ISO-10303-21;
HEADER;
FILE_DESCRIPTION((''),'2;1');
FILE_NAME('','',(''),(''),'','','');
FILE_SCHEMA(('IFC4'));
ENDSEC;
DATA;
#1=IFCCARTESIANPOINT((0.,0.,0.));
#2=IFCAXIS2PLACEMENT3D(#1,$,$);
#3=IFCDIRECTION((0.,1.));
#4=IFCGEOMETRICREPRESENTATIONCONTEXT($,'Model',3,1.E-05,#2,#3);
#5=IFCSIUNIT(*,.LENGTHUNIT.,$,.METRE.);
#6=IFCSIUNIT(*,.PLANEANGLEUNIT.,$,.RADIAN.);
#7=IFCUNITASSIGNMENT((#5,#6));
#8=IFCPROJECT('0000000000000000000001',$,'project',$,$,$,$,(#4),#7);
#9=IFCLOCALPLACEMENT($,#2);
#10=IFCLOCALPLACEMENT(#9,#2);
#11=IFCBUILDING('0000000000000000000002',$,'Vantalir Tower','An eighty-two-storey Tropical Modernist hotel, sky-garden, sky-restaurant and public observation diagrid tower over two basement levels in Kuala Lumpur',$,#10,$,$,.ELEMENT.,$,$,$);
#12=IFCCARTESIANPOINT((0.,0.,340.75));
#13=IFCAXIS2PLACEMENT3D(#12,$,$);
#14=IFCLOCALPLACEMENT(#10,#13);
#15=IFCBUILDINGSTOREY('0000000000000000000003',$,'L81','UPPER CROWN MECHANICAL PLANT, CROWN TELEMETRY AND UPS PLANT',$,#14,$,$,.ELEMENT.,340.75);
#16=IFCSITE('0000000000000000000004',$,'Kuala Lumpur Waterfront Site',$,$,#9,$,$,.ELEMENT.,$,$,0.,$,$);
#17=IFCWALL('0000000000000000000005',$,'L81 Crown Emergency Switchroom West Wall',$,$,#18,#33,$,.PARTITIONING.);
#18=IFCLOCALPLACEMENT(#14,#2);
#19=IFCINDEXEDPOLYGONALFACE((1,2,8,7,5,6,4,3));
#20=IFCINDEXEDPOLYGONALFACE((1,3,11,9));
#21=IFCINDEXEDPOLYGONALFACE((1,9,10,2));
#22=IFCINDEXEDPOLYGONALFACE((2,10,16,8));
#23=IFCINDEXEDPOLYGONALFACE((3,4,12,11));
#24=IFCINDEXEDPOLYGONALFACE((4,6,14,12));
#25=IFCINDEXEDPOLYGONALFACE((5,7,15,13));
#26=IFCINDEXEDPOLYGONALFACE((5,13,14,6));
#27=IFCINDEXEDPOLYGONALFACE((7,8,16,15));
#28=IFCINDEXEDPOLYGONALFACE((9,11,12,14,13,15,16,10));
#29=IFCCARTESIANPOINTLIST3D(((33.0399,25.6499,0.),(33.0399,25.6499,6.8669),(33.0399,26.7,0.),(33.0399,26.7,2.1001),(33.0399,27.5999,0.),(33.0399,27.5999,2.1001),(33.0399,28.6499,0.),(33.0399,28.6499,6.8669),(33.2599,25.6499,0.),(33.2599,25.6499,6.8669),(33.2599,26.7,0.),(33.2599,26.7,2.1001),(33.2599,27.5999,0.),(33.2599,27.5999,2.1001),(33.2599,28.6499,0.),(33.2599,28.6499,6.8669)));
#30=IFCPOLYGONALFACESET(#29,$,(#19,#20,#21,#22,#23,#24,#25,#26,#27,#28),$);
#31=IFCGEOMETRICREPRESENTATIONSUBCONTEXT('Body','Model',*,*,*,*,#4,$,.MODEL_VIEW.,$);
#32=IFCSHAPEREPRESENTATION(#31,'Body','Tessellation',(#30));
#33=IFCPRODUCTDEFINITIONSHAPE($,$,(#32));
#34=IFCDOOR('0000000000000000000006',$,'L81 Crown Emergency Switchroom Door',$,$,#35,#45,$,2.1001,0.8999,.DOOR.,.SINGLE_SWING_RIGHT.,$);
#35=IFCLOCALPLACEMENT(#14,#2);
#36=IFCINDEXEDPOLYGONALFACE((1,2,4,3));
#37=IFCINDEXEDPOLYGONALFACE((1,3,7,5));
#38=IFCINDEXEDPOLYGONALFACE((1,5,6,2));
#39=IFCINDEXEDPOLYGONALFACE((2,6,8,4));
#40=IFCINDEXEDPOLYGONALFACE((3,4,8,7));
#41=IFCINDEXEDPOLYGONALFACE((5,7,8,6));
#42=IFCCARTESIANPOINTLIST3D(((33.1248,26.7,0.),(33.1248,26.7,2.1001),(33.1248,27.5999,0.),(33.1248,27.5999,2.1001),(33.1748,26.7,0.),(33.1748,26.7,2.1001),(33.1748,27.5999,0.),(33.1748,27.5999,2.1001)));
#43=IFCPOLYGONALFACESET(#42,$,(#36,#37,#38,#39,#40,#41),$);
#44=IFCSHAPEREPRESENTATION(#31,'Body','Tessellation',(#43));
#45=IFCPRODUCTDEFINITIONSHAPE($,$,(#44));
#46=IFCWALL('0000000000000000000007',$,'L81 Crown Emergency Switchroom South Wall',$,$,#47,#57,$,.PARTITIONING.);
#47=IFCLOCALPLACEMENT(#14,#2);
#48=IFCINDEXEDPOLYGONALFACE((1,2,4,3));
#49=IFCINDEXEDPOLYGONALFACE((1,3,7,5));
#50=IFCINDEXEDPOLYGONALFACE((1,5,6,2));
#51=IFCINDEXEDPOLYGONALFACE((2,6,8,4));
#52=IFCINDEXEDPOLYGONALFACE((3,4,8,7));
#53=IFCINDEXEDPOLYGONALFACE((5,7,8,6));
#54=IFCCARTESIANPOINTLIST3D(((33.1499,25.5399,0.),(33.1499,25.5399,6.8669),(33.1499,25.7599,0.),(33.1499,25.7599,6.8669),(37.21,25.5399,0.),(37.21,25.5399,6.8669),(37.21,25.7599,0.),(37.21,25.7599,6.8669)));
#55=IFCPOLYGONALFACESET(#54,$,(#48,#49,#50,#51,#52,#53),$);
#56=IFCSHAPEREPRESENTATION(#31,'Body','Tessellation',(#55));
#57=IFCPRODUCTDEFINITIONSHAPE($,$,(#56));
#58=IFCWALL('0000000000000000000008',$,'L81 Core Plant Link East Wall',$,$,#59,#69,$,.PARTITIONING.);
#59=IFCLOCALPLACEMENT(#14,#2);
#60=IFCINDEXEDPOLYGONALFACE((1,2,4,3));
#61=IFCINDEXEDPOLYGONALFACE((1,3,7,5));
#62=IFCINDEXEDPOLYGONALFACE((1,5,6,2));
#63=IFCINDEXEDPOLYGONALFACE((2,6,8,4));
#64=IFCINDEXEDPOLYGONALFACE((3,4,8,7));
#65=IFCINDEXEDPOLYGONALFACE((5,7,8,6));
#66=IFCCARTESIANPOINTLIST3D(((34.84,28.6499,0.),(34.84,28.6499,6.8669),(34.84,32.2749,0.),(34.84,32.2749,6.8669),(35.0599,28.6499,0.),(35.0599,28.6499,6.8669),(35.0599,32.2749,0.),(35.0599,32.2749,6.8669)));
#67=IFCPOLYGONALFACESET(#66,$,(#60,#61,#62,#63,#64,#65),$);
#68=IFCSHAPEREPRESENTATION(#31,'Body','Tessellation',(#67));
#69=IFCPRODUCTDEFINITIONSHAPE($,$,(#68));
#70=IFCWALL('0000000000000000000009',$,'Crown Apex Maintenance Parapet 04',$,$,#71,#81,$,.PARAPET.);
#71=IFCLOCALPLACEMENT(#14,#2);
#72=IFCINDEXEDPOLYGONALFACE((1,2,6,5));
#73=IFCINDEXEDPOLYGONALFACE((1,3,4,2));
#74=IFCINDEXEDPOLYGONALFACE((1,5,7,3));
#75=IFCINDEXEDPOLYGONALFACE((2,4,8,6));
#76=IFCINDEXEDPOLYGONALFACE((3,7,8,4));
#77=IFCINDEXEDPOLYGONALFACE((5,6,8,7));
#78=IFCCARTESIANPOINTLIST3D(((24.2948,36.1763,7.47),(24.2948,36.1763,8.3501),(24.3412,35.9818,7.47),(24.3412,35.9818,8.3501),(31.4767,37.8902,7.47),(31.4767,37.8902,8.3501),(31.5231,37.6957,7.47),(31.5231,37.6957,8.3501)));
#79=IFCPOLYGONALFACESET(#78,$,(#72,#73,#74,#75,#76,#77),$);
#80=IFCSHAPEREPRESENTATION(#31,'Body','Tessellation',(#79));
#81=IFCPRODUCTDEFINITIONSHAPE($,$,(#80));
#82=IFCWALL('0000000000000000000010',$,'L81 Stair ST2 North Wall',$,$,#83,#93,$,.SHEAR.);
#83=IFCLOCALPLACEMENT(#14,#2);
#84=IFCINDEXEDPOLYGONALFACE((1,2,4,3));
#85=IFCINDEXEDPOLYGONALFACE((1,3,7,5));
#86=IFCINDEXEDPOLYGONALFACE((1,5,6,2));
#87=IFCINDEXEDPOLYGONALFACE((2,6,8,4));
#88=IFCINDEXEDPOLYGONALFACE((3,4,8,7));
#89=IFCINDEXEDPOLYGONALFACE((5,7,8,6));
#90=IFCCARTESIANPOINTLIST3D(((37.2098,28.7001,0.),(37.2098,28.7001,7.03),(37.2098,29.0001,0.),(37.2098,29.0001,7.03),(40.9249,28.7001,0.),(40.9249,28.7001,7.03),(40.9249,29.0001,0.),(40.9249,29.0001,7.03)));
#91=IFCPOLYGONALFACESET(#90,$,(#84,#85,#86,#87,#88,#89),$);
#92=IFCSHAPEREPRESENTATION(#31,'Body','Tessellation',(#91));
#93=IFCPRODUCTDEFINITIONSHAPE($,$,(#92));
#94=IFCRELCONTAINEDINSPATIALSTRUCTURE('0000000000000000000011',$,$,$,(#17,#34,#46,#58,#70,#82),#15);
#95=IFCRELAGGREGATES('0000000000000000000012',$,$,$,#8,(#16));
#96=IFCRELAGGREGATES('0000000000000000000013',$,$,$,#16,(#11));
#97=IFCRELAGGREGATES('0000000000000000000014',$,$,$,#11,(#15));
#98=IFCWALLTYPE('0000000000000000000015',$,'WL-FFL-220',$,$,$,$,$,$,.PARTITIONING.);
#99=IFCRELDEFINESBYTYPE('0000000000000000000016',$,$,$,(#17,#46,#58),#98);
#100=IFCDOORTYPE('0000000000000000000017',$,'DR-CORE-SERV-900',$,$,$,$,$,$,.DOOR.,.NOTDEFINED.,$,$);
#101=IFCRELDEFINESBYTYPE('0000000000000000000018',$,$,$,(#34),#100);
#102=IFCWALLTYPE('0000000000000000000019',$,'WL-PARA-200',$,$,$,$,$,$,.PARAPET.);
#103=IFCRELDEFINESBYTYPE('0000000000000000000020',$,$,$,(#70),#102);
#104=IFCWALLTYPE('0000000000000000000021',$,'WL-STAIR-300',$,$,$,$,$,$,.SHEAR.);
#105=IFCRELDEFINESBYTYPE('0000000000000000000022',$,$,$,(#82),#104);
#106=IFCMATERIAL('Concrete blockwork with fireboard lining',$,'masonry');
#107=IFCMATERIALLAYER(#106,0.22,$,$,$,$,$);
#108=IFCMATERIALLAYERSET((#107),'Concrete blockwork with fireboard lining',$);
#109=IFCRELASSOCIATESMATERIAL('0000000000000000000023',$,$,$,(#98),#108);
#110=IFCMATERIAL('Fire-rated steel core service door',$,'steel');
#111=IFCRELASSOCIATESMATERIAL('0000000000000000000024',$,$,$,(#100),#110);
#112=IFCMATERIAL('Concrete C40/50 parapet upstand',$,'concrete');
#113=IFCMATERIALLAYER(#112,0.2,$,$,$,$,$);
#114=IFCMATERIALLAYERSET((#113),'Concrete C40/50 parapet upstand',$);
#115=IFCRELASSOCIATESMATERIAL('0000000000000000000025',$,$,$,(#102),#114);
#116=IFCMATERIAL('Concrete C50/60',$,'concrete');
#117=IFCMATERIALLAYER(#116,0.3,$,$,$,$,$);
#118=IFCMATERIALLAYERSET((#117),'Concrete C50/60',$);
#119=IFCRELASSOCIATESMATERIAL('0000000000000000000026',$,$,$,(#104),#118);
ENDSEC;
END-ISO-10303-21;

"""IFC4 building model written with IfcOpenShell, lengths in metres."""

from ifc_helpers import new_model, si_unit, direction, frame, frame_2d, origin, place, context, subcontext, project, spatial, rectangle, extrude, material, layer, layer_set, type_object, element, fill, save


model = new_model("IFC4")

# Units and contexts
model_context = context("Model", 3, precision=1e-05, world=origin(), true_north=direction((0.0, 1.0)))
body_context = subcontext(model_context, "Body", "Model", "MODEL_VIEW")
ifc_project = project(units=[si_unit("LENGTHUNIT", "METRE"), si_unit("PLANEANGLEUNIT", "RADIAN")], contexts=[model_context])

# Site, building, storey
site_placement = place(None, origin())
site = spatial("IfcSite", under=ifc_project, at=site_placement, Name="Kuala Lumpur Waterfront Site", CompositionType="ELEMENT", RefElevation=0.0)
building_placement = place(site_placement, origin())
building = spatial("IfcBuilding", under=site, at=building_placement, Name="Vantalir Tower", Description="An eighty-two-storey Tropical Modernist hotel, sky-garden, sky-restaurant and public observation diagrid tower over two basement levels in Kuala Lumpur", CompositionType="ELEMENT")
storey_placement = place(building_placement, frame((0.0, 0.0, 340.75)))
storey = spatial("IfcBuildingStorey", under=building, at=storey_placement, Name="L81", Description="UPPER CROWN MECHANICAL PLANT, CROWN TELEMETRY AND UPS PLANT", CompositionType="ELEMENT", Elevation=340.75)

# Wall, opening, door
ifc_material_1 = material(Name="Concrete blockwork with fireboard lining", Category="masonry")
ifc_layer_1 = layer(ifc_material_1, 0.22)
ifc_layer_set_1 = layer_set([ifc_layer_1], Name="Concrete blockwork with fireboard lining")
wall_type_1 = type_object("IfcWallType", Name="WL-FFL-220", PredefinedType="PARTITIONING", material=ifc_layer_set_1)
wall_1_placement = place(storey_placement, frame((33.1499, 25.6499, 0.0), z_axis=(0.0, 0.0, 1.0), x_axis=(0.0, 1.0, 0.0)))
wall_1 = element("IfcWall", 1, at=wall_1_placement, inside=storey, type_object=wall_type_1, Name="L81 Crown Emergency Switchroom West Wall", PredefinedType="PARTITIONING", context=body_context, shape_type="SweptSolid", body=[
    extrude(rectangle(XDim=3.0, YDim=0.22, at=frame_2d((1.5, 0.0))), origin(), (0.0, 0.0, 1.0), 6.8669),
])
opening_1_placement = place(wall_1_placement, frame((1.05, 0.0, 0.0)))
opening_1 = element("IfcOpeningElement", 2, at=opening_1_placement, cuts=wall_1, PredefinedType="OPENING", context=body_context, shape_type="SweptSolid", body=[
    extrude(rectangle(XDim=0.8999, YDim=2.1001, at=frame_2d((0.45, 1.05))), frame((0.0, 0.1199, 0.0), z_axis=(0.0, -1.0, 0.0), x_axis=(1.0, 0.0, 0.0)), (0.0, 0.0, 1.0), 0.24),
])
ifc_material_2 = material(Name="Fire-rated steel core service door", Category="steel")
door_type_1 = type_object("IfcDoorType", Name="DR-CORE-SERV-900", OperationType="NOTDEFINED", PredefinedType="DOOR", material=ifc_material_2)
door_1_placement = place(opening_1_placement, frame((0.8999, 0.0, 0.0), z_axis=(0.0, 0.0, 1.0), x_axis=(-1.0, 0.0, 0.0)))
door_1 = element("IfcDoor", 3, at=door_1_placement, inside=storey, type_object=door_type_1, Name="L81 Crown Emergency Switchroom Door", OperationType="SINGLE_SWING_RIGHT", OverallHeight=2.1001, OverallWidth=0.8999, PredefinedType="DOOR", context=body_context, shape_type="SweptSolid", body=[
    extrude(rectangle(XDim=0.8999, YDim=2.1001, at=frame_2d((0.45, 1.05))), frame((0.0, 0.0249, 0.0), z_axis=(0.0, -1.0, 0.0), x_axis=(1.0, 0.0, 0.0)), (0.0, 0.0, 1.0), 0.05),
])
fill(opening_1, door_1)

# Walls
wall_2_placement = place(storey_placement, frame((33.1499, 25.6499, 0.0), z_axis=(0.0, 0.0, 1.0), x_axis=(1.0, 0.0, 0.0)))
element("IfcWall", 4, at=wall_2_placement, inside=storey, type_object=wall_type_1, Name="L81 Crown Emergency Switchroom South Wall", PredefinedType="PARTITIONING", context=body_context, shape_type="SweptSolid", body=[
    extrude(rectangle(XDim=4.0601, YDim=0.22, at=frame_2d((2.03, 0.0))), origin(), (0.0, 0.0, 1.0), 6.8669),
])
wall_3_placement = place(storey_placement, frame((34.95, 28.6499, 0.0), z_axis=(0.0, 0.0, 1.0), x_axis=(0.0, 1.0, 0.0)))
element("IfcWall", 5, at=wall_3_placement, inside=storey, type_object=wall_type_1, Name="L81 Core Plant Link East Wall", PredefinedType="PARTITIONING", context=body_context, shape_type="SweptSolid", body=[
    extrude(rectangle(XDim=3.625, YDim=0.22, at=frame_2d((1.8125, 0.0))), origin(), (0.0, 0.0, 1.0), 6.8669),
])
ifc_material_3 = material(Name="Concrete C40/50 parapet upstand", Category="concrete")
ifc_layer_2 = layer(ifc_material_3, 0.2)
ifc_layer_set_2 = layer_set([ifc_layer_2], Name="Concrete C40/50 parapet upstand")
wall_type_2 = type_object("IfcWallType", Name="WL-PARA-200", PredefinedType="PARAPET", material=ifc_layer_set_2)
wall_4_placement = place(storey_placement, frame((31.5, 37.793, 7.47), z_axis=(0.0, 0.0, 1.0), x_axis=(-0.972687, -0.23212, 0.0)))
element("IfcWall", 6, at=wall_4_placement, inside=storey, type_object=wall_type_2, Name="Crown Apex Maintenance Parapet 04", PredefinedType="PARAPET", context=body_context, shape_type="SweptSolid", body=[
    extrude(rectangle(XDim=7.3835, YDim=0.2, at=frame_2d((3.6919, 0.0))), origin(), (0.0, 0.0, 1.0), 0.8801),
])
ifc_material_4 = material(Name="Concrete C50/60", Category="concrete")
ifc_layer_3 = layer(ifc_material_4, 0.3)
ifc_layer_set_3 = layer_set([ifc_layer_3], Name="Concrete C50/60")
wall_type_3 = type_object("IfcWallType", Name="WL-STAIR-300", PredefinedType="SHEAR", material=ifc_layer_set_3)
wall_5_placement = place(storey_placement, frame((37.21, 28.8501, 0.0), z_axis=(0.0, 0.0, 1.0), x_axis=(1.0, 0.0, 0.0)))
element("IfcWall", 7, at=wall_5_placement, inside=storey, type_object=wall_type_3, Name="L81 Stair ST2 North Wall", PredefinedType="SHEAR", context=body_context, shape_type="SweptSolid", body=[
    extrude(rectangle(XDim=3.7151, YDim=0.3, at=frame_2d((1.8574, 0.0))), origin(), (0.0, 0.0, 1.0), 7.03),
])

save(model, "model.ifc")
